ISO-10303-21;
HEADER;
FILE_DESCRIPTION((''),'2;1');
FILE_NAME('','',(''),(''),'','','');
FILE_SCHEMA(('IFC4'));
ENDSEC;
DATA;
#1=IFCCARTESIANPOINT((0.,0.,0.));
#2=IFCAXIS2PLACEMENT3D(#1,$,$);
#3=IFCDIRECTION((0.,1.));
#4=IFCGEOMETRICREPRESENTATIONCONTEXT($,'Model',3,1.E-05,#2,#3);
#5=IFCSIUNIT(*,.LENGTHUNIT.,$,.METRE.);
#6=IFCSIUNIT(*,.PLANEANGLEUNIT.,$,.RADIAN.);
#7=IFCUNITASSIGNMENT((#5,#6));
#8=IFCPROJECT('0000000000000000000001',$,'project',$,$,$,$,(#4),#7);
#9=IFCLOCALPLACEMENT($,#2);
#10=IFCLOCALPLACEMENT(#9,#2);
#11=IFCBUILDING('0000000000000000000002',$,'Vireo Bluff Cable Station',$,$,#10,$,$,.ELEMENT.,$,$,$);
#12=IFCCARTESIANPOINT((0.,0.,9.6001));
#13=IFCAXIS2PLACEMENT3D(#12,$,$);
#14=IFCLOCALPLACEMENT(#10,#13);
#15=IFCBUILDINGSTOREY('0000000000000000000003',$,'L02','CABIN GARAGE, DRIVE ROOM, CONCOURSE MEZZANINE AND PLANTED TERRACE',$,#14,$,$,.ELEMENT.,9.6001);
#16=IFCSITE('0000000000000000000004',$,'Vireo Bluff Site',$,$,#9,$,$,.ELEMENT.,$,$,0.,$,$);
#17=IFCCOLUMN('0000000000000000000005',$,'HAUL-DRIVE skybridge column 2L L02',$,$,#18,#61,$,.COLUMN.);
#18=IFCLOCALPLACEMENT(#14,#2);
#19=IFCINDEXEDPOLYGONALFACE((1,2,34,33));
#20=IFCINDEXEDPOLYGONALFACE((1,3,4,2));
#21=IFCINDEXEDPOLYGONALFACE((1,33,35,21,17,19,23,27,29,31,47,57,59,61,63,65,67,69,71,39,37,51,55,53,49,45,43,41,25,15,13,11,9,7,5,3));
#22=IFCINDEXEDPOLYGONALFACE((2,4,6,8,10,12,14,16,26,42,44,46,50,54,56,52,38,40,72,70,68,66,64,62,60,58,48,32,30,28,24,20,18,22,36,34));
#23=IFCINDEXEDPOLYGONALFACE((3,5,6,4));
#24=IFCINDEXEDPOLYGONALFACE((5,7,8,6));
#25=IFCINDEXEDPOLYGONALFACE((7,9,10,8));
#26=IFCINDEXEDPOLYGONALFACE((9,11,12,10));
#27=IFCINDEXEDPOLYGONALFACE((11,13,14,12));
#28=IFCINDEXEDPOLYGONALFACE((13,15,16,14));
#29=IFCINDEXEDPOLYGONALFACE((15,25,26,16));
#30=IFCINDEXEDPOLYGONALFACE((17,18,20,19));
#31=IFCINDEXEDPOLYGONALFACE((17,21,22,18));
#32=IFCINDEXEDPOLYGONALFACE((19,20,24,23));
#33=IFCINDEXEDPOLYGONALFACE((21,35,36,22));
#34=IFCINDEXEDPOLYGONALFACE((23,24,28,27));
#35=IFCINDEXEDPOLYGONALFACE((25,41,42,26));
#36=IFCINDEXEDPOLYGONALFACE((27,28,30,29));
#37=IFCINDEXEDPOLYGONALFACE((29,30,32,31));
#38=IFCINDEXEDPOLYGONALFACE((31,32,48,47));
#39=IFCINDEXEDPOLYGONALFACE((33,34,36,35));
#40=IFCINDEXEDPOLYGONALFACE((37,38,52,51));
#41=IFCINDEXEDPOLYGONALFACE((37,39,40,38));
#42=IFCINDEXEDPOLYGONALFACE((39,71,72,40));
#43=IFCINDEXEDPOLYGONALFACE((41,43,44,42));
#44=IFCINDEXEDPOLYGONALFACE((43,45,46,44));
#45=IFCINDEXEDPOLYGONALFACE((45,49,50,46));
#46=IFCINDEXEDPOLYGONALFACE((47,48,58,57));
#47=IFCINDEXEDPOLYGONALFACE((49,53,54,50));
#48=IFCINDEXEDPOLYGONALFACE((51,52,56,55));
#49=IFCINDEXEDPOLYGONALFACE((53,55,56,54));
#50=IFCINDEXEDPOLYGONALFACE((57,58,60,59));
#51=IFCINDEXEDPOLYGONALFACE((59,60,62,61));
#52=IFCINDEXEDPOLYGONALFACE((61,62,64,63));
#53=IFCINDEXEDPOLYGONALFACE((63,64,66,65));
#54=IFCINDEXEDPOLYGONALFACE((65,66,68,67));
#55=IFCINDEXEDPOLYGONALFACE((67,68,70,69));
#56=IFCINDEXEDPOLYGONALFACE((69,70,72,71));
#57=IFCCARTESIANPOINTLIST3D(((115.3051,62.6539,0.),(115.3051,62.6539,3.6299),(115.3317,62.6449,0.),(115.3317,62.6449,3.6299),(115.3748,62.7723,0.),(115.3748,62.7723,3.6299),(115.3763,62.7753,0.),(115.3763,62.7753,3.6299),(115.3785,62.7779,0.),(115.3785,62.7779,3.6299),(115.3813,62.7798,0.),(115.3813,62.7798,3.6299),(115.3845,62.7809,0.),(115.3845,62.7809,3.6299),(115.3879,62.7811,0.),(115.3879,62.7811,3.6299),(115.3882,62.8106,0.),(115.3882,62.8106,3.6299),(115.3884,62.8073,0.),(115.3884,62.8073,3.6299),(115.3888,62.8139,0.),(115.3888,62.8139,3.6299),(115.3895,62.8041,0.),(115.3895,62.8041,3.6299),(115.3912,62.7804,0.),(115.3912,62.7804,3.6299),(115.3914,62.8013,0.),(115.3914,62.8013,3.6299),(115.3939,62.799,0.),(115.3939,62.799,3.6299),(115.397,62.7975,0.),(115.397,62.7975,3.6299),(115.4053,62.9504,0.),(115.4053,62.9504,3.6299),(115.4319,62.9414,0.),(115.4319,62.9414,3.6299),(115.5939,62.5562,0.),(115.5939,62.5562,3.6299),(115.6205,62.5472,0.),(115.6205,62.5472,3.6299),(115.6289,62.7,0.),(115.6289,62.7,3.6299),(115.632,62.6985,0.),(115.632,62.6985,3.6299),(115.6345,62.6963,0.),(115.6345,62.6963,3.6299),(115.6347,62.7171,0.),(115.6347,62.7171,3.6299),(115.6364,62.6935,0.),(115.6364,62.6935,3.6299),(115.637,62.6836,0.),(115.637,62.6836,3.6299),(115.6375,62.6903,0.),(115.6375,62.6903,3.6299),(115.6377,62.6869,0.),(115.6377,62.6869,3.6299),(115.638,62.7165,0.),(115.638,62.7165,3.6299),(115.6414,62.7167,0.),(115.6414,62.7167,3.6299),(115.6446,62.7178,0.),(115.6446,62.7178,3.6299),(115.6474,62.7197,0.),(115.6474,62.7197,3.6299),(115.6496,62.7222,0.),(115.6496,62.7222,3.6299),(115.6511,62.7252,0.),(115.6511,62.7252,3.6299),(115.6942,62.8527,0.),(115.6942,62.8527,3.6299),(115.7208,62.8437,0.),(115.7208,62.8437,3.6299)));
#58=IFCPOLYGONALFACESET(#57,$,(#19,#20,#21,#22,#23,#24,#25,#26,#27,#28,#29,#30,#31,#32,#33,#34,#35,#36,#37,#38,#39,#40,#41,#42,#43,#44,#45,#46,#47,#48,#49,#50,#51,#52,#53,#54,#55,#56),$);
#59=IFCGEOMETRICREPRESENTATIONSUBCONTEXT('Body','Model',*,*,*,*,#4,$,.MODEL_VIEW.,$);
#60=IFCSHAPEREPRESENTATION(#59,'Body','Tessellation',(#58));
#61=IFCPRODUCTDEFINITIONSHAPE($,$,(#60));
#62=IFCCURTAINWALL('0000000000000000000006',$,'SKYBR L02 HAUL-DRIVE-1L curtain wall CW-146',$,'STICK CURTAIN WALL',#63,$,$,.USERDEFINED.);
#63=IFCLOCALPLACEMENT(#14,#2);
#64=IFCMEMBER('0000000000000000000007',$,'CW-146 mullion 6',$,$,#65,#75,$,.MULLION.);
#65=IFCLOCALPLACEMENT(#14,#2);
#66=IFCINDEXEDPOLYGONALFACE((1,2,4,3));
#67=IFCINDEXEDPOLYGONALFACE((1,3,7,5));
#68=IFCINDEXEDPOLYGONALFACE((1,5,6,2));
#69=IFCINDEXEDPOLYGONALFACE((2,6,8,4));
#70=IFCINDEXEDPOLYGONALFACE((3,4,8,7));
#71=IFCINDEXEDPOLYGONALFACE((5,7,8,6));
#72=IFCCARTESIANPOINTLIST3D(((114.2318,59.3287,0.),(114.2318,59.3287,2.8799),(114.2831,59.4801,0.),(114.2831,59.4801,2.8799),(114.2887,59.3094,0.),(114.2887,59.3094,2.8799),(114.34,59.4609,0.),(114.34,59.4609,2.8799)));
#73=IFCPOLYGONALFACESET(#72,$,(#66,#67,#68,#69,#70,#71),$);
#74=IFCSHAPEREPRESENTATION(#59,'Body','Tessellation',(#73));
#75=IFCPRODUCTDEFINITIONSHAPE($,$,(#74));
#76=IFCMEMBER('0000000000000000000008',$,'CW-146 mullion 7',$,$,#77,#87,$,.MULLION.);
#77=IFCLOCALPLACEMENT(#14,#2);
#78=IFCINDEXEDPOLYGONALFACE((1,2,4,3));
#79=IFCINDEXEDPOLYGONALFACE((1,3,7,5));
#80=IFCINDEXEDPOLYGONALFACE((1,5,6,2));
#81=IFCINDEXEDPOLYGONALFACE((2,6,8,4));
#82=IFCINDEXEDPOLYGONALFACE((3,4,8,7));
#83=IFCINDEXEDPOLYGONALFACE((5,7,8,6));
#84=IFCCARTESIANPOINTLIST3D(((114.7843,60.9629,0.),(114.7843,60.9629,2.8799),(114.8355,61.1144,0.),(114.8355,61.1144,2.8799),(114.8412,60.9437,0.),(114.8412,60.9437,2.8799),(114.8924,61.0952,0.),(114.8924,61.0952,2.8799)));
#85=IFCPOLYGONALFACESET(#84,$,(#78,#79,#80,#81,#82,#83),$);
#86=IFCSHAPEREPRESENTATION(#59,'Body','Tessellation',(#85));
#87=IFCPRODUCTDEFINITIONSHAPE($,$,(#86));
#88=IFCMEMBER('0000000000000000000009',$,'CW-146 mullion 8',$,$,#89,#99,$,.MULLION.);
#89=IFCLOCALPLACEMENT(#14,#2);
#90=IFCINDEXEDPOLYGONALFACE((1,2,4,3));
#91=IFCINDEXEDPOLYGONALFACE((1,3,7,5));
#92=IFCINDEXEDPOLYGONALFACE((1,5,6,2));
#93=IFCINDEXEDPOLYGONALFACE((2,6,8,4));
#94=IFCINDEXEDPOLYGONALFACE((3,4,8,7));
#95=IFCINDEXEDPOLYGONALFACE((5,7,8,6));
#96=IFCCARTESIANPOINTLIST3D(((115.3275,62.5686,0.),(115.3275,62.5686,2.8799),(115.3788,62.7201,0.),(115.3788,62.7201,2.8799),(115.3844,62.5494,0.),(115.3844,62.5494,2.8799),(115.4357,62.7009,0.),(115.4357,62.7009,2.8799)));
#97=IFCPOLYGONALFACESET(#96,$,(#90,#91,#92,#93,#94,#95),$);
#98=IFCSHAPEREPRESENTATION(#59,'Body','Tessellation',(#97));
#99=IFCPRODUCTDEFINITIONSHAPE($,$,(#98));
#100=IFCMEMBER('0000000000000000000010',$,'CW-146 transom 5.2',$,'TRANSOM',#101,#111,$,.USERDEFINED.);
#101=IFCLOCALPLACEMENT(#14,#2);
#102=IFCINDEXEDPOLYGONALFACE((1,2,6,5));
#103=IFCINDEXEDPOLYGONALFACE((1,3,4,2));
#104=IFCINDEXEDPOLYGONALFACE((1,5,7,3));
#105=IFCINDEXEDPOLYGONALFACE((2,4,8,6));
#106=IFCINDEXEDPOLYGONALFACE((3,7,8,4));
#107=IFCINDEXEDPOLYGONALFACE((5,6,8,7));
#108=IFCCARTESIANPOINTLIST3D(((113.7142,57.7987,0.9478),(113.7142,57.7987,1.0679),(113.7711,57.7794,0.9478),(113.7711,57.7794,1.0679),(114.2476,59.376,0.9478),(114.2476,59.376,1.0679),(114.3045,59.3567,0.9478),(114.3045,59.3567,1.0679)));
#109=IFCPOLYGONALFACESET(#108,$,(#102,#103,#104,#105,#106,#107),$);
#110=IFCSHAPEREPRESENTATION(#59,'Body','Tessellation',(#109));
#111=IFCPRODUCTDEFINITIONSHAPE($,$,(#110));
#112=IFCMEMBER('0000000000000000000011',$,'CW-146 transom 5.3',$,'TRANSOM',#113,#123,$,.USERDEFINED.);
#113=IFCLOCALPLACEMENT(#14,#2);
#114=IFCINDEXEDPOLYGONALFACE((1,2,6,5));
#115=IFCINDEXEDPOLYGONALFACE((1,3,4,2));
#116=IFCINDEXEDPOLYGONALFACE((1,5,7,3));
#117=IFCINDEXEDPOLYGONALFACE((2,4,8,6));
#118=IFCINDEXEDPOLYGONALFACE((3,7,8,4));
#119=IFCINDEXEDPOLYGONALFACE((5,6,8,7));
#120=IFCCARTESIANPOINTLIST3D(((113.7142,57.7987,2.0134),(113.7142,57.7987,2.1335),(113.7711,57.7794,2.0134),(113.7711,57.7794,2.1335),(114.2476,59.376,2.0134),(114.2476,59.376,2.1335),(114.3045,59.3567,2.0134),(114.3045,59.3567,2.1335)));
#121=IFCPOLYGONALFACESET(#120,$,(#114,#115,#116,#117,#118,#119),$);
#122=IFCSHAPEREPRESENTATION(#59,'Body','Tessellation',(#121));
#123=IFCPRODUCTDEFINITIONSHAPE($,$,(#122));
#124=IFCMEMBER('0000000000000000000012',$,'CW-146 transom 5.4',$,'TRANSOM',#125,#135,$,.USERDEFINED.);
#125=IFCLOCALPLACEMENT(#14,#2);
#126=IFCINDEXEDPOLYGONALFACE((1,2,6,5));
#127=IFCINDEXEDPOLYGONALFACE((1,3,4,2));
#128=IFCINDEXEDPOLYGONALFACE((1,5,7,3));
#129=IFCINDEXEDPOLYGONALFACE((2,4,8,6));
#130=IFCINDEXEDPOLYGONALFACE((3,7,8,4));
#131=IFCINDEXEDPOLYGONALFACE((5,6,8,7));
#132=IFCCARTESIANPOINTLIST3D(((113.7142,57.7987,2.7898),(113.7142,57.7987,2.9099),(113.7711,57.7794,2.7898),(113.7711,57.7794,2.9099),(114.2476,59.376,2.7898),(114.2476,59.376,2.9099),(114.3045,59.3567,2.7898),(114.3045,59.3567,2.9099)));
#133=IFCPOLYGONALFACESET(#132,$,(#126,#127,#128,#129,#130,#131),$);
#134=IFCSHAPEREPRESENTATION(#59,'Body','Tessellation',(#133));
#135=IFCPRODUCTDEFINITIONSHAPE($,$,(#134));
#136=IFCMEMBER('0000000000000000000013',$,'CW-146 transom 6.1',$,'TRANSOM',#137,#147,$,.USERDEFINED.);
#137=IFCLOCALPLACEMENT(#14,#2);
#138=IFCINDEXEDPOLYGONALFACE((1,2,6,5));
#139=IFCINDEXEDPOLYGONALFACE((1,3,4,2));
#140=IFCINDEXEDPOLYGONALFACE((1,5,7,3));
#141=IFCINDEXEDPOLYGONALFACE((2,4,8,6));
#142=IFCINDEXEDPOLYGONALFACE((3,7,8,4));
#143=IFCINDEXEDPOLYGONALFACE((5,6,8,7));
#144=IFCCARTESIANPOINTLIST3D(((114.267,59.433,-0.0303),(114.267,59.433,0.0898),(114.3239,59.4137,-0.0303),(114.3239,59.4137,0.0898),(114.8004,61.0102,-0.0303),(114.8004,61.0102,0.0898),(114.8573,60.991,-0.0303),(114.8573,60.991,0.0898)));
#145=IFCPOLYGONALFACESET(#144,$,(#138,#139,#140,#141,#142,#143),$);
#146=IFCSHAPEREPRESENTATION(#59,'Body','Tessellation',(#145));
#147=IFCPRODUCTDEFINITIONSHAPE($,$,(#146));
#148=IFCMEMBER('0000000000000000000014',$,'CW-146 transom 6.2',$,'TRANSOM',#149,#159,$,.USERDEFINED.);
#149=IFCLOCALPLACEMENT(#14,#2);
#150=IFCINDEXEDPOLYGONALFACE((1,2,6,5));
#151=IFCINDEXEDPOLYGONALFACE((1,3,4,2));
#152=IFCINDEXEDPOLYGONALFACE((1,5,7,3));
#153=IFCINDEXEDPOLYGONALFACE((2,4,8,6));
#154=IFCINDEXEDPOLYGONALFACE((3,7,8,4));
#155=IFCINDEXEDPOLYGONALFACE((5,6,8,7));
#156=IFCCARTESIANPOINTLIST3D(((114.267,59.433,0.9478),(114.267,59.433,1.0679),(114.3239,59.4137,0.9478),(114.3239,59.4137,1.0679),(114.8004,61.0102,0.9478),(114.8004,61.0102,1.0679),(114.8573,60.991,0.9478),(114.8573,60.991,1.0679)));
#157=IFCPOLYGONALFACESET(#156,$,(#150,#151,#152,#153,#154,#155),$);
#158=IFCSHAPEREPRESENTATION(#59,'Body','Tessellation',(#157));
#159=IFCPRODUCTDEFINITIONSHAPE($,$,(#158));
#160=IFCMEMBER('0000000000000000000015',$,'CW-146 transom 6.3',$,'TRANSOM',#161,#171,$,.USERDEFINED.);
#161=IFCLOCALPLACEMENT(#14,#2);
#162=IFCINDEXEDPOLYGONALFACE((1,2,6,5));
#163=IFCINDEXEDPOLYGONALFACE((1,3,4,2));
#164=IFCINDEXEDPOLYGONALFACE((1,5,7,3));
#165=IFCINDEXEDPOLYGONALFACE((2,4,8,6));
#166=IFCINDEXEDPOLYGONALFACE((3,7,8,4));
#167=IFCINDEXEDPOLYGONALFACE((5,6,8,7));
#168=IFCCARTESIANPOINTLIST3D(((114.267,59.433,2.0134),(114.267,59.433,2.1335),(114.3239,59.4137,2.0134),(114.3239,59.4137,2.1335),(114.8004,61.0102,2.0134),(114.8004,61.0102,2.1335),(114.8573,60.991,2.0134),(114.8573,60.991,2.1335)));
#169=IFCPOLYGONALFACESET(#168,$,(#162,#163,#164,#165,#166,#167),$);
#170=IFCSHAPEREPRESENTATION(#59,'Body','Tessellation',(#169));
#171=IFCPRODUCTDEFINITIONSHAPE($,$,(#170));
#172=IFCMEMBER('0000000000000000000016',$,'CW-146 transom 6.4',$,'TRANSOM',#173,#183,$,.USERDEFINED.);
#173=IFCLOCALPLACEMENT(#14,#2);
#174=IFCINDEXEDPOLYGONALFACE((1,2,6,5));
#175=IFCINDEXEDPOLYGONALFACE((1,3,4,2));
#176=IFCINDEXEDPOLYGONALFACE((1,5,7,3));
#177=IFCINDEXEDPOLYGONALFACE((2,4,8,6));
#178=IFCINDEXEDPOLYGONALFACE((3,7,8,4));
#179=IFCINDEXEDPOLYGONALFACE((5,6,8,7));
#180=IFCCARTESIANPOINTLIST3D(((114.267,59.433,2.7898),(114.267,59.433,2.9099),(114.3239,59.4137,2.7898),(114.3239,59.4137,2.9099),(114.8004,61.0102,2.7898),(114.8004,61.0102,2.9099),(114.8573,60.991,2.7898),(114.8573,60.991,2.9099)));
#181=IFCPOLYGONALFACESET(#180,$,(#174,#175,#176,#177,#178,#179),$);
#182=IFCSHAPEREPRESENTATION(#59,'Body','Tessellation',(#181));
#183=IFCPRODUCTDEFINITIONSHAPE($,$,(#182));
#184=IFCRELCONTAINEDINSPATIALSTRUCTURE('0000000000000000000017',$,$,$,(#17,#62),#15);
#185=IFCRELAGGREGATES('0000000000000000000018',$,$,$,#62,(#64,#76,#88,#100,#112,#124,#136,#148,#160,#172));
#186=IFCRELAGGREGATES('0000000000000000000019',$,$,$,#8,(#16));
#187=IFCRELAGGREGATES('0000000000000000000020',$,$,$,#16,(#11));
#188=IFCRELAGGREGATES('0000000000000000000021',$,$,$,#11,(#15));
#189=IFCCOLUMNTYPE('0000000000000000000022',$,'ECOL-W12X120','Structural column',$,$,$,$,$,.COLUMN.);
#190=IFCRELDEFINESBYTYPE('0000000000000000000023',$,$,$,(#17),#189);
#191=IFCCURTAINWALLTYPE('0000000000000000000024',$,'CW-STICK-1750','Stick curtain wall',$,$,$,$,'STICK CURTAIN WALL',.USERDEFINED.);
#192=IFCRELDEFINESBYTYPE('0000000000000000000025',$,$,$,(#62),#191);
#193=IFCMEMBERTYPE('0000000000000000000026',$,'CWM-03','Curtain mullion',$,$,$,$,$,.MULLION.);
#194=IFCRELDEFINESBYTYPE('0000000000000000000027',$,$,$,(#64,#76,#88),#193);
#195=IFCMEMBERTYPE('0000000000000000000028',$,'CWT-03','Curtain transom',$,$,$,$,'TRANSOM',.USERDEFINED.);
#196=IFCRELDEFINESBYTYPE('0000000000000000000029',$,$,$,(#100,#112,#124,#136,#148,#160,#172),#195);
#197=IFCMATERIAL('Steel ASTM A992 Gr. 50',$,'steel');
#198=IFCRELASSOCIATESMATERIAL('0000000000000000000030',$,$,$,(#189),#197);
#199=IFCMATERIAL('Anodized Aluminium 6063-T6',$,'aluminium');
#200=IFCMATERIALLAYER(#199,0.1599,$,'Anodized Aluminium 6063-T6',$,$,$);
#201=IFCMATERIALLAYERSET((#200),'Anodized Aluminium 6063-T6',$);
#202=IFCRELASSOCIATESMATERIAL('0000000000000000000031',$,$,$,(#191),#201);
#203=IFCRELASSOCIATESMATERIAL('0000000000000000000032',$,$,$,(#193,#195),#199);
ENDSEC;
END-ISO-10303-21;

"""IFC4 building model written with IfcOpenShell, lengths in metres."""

from ifc_helpers import new_model, si_unit, direction, frame, origin, origin_2d, place, context, subcontext, project, spatial, rectangle, i_section, extrude, material, layer, layer_set, material_profile, profile_set, type_object, element, aggregate, save


model = new_model("IFC4")

# Units and contexts
model_context = context("Model", 3, precision=1e-05, world=origin(), true_north=direction((0.0, 1.0)))
body_context = subcontext(model_context, "Body", "Model", "MODEL_VIEW")
ifc_project = project(units=[si_unit("LENGTHUNIT", "METRE"), si_unit("PLANEANGLEUNIT", "RADIAN")], contexts=[model_context])

# Site, building, storey
site_placement = place(None, origin())
site = spatial("IfcSite", under=ifc_project, at=site_placement, Name="Vireo Bluff Site", CompositionType="ELEMENT", RefElevation=0.0)
building_placement = place(site_placement, origin())
building = spatial("IfcBuilding", under=site, at=building_placement, Name="Vireo Bluff Cable Station", CompositionType="ELEMENT")
storey_placement = place(building_placement, frame((0.0, 0.0, 9.6001)))
storey = spatial("IfcBuildingStorey", under=building, at=storey_placement, Name="L02", Description="CABIN GARAGE, DRIVE ROOM, CONCOURSE MEZZANINE AND PLANTED TERRACE", CompositionType="ELEMENT", Elevation=9.6001)

# Column
ifc_material_1 = material(Name="Steel ASTM A992 Gr. 50", Category="steel")
ifc_material_profile_1 = material_profile(ifc_material_1, i_section(OverallWidth=0.313, OverallDepth=0.333, WebThickness=0.0181, FlangeThickness=0.0281, FilletRadius=0.0129, at=origin_2d()), Name="W12X120")
ifc_profile_set_1 = profile_set([ifc_material_profile_1], Name="Steel ASTM A992 Gr. 50")
column_type = type_object("IfcColumnType", Name="ECOL-W12X120", Description="Structural column", PredefinedType="COLUMN", material=ifc_profile_set_1)
column_placement = place(storey_placement, frame((115.5129, 62.7488, 0.0), z_axis=(0.0, 0.0, 1.0), x_axis=(0.320352, 0.947299, 0.0)))
element("IfcColumn", 1, at=column_placement, inside=storey, type_object=column_type, Name="HAUL-DRIVE skybridge column 2L L02", PredefinedType="COLUMN", context=body_context, shape_type="SweptSolid", body=[
    extrude(i_section(OverallWidth=0.313, OverallDepth=0.333, WebThickness=0.0181, FlangeThickness=0.0281, FilletRadius=0.0129, at=origin_2d()), origin(), (0.0, 0.0, 1.0), 3.6299),
])

# Curtain wall, members
ifc_material_2 = material(Name="Anodized Aluminium 6063-T6", Category="aluminium")
ifc_layer_1 = layer(ifc_material_2, 0.1599, Name="Anodized Aluminium 6063-T6")
ifc_layer_set_1 = layer_set([ifc_layer_1], Name="Anodized Aluminium 6063-T6")
curtain_wall_type = type_object("IfcCurtainWallType", Name="CW-STICK-1750", Description="Stick curtain wall", ElementType="STICK CURTAIN WALL", PredefinedType="USERDEFINED", material=ifc_layer_set_1)
curtain_wall_placement = place(storey_placement, origin())
curtain_wall = element("IfcCurtainWall", 2, at=curtain_wall_placement, inside=storey, type_object=curtain_wall_type, Name="SKYBR L02 HAUL-DRIVE-1L curtain wall CW-146", ObjectType="STICK CURTAIN WALL", PredefinedType="USERDEFINED")
ifc_material_profile_2 = material_profile(ifc_material_2, rectangle(XDim=0.0601, YDim=0.1599, at=origin_2d()), Name="ALU-M-60X160")
ifc_profile_set_2 = profile_set([ifc_material_profile_2], Name="Anodized Aluminium 6063-T6")
member_type_1 = type_object("IfcMemberType", Name="CWM-03", Description="Curtain mullion", PredefinedType="MULLION", material=ifc_profile_set_2)
member_1_placement = place(storey_placement, frame((114.2859, 59.3948, 0.0), z_axis=(0.0, 0.0, 1.0), x_axis=(-0.947295, 0.320364, 0.0)))
member_1 = element("IfcMember", 3, at=member_1_placement, type_object=member_type_1, Name="CW-146 mullion 6", PredefinedType="MULLION", context=body_context, shape_type="SweptSolid", body=[
    extrude(rectangle(XDim=0.0601, YDim=0.1599, at=origin_2d()), origin(), (0.0, 0.0, 1.0), 2.8799),
])
member_2_placement = place(storey_placement, frame((114.8384, 61.0291, 0.0), z_axis=(0.0, 0.0, 1.0), x_axis=(-0.947295, 0.320364, 0.0)))
member_2 = element("IfcMember", 4, at=member_2_placement, type_object=member_type_1, Name="CW-146 mullion 7", PredefinedType="MULLION", context=body_context, shape_type="SweptSolid", body=[
    extrude(rectangle(XDim=0.0601, YDim=0.1599, at=origin_2d()), origin(), (0.0, 0.0, 1.0), 2.8799),
])
member_3_placement = place(storey_placement, frame((115.3816, 62.6348, 0.0), z_axis=(0.0, 0.0, 1.0), x_axis=(-0.947295, 0.320364, 0.0)))
member_3 = element("IfcMember", 5, at=member_3_placement, type_object=member_type_1, Name="CW-146 mullion 8", PredefinedType="MULLION", context=body_context, shape_type="SweptSolid", body=[
    extrude(rectangle(XDim=0.0601, YDim=0.1599, at=origin_2d()), origin(), (0.0, 0.0, 1.0), 2.8799),
])
ifc_material_profile_3 = material_profile(ifc_material_2, rectangle(XDim=0.0601, YDim=0.1201, at=origin_2d()), Name="ALU-T-60X120")
ifc_profile_set_3 = profile_set([ifc_material_profile_3], Name="Anodized Aluminium 6063-T6")
member_type_2 = type_object("IfcMemberType", Name="CWT-03", Description="Curtain transom", ElementType="TRANSOM", PredefinedType="USERDEFINED", material=ifc_profile_set_3)
member_4_placement = place(storey_placement, frame((113.7427, 57.7891, 1.0078), z_axis=(0.320359, 0.947296, 0.0), x_axis=(-0.947296, 0.320359, 0.0)))
member_4 = element("IfcMember", 6, at=member_4_placement, type_object=member_type_2, Name="CW-146 transom 5.2", ObjectType="TRANSOM", PredefinedType="USERDEFINED", context=body_context, shape_type="SweptSolid", body=[
    extrude(rectangle(XDim=0.0601, YDim=0.1201, at=origin_2d()), origin(), (0.0, 0.0, 1.0), 1.665),
])
member_5_placement = place(storey_placement, frame((113.7427, 57.7891, 2.0735), z_axis=(0.320359, 0.947296, 0.0), x_axis=(-0.947296, 0.320359, 0.0)))
member_5 = element("IfcMember", 7, at=member_5_placement, type_object=member_type_2, Name="CW-146 transom 5.3", ObjectType="TRANSOM", PredefinedType="USERDEFINED", context=body_context, shape_type="SweptSolid", body=[
    extrude(rectangle(XDim=0.0601, YDim=0.1201, at=origin_2d()), origin(), (0.0, 0.0, 1.0), 1.665),
])
member_6_placement = place(storey_placement, frame((113.7427, 57.7891, 2.8499), z_axis=(0.320359, 0.947296, 0.0), x_axis=(-0.947296, 0.320359, 0.0)))
member_6 = element("IfcMember", 8, at=member_6_placement, type_object=member_type_2, Name="CW-146 transom 5.4", ObjectType="TRANSOM", PredefinedType="USERDEFINED", context=body_context, shape_type="SweptSolid", body=[
    extrude(rectangle(XDim=0.0601, YDim=0.1201, at=origin_2d()), origin(), (0.0, 0.0, 1.0), 1.665),
])
member_7_placement = place(storey_placement, frame((114.2954, 59.4233, 0.0298), z_axis=(0.320404, 0.947281, 0.0), x_axis=(-0.947281, 0.320404, 0.0)))
member_7 = element("IfcMember", 9, at=member_7_placement, type_object=member_type_2, Name="CW-146 transom 6.1", ObjectType="TRANSOM", PredefinedType="USERDEFINED", context=body_context, shape_type="SweptSolid", body=[
    extrude(rectangle(XDim=0.0601, YDim=0.1201, at=origin_2d()), origin(), (0.0, 0.0, 1.0), 1.665),
])
member_8_placement = place(storey_placement, frame((114.2954, 59.4233, 1.0078), z_axis=(0.320404, 0.947281, 0.0), x_axis=(-0.947281, 0.320404, 0.0)))
member_8 = element("IfcMember", 10, at=member_8_placement, type_object=member_type_2, Name="CW-146 transom 6.2", ObjectType="TRANSOM", PredefinedType="USERDEFINED", context=body_context, shape_type="SweptSolid", body=[
    extrude(rectangle(XDim=0.0601, YDim=0.1201, at=origin_2d()), origin(), (0.0, 0.0, 1.0), 1.665),
])
member_9_placement = place(storey_placement, frame((114.2954, 59.4233, 2.0735), z_axis=(0.320404, 0.947281, 0.0), x_axis=(-0.947281, 0.320404, 0.0)))
member_9 = element("IfcMember", 11, at=member_9_placement, type_object=member_type_2, Name="CW-146 transom 6.3", ObjectType="TRANSOM", PredefinedType="USERDEFINED", context=body_context, shape_type="SweptSolid", body=[
    extrude(rectangle(XDim=0.0601, YDim=0.1201, at=origin_2d()), origin(), (0.0, 0.0, 1.0), 1.665),
])
member_10_placement = place(storey_placement, frame((114.2954, 59.4233, 2.8499), z_axis=(0.320404, 0.947281, 0.0), x_axis=(-0.947281, 0.320404, 0.0)))
member_10 = element("IfcMember", 12, at=member_10_placement, type_object=member_type_2, Name="CW-146 transom 6.4", ObjectType="TRANSOM", PredefinedType="USERDEFINED", context=body_context, shape_type="SweptSolid", body=[
    extrude(rectangle(XDim=0.0601, YDim=0.1201, at=origin_2d()), origin(), (0.0, 0.0, 1.0), 1.665),
])
aggregate(curtain_wall, [member_1, member_2, member_3, member_4, member_5, member_6, member_7, member_8, member_9, member_10])

save(model, "model.ifc")
